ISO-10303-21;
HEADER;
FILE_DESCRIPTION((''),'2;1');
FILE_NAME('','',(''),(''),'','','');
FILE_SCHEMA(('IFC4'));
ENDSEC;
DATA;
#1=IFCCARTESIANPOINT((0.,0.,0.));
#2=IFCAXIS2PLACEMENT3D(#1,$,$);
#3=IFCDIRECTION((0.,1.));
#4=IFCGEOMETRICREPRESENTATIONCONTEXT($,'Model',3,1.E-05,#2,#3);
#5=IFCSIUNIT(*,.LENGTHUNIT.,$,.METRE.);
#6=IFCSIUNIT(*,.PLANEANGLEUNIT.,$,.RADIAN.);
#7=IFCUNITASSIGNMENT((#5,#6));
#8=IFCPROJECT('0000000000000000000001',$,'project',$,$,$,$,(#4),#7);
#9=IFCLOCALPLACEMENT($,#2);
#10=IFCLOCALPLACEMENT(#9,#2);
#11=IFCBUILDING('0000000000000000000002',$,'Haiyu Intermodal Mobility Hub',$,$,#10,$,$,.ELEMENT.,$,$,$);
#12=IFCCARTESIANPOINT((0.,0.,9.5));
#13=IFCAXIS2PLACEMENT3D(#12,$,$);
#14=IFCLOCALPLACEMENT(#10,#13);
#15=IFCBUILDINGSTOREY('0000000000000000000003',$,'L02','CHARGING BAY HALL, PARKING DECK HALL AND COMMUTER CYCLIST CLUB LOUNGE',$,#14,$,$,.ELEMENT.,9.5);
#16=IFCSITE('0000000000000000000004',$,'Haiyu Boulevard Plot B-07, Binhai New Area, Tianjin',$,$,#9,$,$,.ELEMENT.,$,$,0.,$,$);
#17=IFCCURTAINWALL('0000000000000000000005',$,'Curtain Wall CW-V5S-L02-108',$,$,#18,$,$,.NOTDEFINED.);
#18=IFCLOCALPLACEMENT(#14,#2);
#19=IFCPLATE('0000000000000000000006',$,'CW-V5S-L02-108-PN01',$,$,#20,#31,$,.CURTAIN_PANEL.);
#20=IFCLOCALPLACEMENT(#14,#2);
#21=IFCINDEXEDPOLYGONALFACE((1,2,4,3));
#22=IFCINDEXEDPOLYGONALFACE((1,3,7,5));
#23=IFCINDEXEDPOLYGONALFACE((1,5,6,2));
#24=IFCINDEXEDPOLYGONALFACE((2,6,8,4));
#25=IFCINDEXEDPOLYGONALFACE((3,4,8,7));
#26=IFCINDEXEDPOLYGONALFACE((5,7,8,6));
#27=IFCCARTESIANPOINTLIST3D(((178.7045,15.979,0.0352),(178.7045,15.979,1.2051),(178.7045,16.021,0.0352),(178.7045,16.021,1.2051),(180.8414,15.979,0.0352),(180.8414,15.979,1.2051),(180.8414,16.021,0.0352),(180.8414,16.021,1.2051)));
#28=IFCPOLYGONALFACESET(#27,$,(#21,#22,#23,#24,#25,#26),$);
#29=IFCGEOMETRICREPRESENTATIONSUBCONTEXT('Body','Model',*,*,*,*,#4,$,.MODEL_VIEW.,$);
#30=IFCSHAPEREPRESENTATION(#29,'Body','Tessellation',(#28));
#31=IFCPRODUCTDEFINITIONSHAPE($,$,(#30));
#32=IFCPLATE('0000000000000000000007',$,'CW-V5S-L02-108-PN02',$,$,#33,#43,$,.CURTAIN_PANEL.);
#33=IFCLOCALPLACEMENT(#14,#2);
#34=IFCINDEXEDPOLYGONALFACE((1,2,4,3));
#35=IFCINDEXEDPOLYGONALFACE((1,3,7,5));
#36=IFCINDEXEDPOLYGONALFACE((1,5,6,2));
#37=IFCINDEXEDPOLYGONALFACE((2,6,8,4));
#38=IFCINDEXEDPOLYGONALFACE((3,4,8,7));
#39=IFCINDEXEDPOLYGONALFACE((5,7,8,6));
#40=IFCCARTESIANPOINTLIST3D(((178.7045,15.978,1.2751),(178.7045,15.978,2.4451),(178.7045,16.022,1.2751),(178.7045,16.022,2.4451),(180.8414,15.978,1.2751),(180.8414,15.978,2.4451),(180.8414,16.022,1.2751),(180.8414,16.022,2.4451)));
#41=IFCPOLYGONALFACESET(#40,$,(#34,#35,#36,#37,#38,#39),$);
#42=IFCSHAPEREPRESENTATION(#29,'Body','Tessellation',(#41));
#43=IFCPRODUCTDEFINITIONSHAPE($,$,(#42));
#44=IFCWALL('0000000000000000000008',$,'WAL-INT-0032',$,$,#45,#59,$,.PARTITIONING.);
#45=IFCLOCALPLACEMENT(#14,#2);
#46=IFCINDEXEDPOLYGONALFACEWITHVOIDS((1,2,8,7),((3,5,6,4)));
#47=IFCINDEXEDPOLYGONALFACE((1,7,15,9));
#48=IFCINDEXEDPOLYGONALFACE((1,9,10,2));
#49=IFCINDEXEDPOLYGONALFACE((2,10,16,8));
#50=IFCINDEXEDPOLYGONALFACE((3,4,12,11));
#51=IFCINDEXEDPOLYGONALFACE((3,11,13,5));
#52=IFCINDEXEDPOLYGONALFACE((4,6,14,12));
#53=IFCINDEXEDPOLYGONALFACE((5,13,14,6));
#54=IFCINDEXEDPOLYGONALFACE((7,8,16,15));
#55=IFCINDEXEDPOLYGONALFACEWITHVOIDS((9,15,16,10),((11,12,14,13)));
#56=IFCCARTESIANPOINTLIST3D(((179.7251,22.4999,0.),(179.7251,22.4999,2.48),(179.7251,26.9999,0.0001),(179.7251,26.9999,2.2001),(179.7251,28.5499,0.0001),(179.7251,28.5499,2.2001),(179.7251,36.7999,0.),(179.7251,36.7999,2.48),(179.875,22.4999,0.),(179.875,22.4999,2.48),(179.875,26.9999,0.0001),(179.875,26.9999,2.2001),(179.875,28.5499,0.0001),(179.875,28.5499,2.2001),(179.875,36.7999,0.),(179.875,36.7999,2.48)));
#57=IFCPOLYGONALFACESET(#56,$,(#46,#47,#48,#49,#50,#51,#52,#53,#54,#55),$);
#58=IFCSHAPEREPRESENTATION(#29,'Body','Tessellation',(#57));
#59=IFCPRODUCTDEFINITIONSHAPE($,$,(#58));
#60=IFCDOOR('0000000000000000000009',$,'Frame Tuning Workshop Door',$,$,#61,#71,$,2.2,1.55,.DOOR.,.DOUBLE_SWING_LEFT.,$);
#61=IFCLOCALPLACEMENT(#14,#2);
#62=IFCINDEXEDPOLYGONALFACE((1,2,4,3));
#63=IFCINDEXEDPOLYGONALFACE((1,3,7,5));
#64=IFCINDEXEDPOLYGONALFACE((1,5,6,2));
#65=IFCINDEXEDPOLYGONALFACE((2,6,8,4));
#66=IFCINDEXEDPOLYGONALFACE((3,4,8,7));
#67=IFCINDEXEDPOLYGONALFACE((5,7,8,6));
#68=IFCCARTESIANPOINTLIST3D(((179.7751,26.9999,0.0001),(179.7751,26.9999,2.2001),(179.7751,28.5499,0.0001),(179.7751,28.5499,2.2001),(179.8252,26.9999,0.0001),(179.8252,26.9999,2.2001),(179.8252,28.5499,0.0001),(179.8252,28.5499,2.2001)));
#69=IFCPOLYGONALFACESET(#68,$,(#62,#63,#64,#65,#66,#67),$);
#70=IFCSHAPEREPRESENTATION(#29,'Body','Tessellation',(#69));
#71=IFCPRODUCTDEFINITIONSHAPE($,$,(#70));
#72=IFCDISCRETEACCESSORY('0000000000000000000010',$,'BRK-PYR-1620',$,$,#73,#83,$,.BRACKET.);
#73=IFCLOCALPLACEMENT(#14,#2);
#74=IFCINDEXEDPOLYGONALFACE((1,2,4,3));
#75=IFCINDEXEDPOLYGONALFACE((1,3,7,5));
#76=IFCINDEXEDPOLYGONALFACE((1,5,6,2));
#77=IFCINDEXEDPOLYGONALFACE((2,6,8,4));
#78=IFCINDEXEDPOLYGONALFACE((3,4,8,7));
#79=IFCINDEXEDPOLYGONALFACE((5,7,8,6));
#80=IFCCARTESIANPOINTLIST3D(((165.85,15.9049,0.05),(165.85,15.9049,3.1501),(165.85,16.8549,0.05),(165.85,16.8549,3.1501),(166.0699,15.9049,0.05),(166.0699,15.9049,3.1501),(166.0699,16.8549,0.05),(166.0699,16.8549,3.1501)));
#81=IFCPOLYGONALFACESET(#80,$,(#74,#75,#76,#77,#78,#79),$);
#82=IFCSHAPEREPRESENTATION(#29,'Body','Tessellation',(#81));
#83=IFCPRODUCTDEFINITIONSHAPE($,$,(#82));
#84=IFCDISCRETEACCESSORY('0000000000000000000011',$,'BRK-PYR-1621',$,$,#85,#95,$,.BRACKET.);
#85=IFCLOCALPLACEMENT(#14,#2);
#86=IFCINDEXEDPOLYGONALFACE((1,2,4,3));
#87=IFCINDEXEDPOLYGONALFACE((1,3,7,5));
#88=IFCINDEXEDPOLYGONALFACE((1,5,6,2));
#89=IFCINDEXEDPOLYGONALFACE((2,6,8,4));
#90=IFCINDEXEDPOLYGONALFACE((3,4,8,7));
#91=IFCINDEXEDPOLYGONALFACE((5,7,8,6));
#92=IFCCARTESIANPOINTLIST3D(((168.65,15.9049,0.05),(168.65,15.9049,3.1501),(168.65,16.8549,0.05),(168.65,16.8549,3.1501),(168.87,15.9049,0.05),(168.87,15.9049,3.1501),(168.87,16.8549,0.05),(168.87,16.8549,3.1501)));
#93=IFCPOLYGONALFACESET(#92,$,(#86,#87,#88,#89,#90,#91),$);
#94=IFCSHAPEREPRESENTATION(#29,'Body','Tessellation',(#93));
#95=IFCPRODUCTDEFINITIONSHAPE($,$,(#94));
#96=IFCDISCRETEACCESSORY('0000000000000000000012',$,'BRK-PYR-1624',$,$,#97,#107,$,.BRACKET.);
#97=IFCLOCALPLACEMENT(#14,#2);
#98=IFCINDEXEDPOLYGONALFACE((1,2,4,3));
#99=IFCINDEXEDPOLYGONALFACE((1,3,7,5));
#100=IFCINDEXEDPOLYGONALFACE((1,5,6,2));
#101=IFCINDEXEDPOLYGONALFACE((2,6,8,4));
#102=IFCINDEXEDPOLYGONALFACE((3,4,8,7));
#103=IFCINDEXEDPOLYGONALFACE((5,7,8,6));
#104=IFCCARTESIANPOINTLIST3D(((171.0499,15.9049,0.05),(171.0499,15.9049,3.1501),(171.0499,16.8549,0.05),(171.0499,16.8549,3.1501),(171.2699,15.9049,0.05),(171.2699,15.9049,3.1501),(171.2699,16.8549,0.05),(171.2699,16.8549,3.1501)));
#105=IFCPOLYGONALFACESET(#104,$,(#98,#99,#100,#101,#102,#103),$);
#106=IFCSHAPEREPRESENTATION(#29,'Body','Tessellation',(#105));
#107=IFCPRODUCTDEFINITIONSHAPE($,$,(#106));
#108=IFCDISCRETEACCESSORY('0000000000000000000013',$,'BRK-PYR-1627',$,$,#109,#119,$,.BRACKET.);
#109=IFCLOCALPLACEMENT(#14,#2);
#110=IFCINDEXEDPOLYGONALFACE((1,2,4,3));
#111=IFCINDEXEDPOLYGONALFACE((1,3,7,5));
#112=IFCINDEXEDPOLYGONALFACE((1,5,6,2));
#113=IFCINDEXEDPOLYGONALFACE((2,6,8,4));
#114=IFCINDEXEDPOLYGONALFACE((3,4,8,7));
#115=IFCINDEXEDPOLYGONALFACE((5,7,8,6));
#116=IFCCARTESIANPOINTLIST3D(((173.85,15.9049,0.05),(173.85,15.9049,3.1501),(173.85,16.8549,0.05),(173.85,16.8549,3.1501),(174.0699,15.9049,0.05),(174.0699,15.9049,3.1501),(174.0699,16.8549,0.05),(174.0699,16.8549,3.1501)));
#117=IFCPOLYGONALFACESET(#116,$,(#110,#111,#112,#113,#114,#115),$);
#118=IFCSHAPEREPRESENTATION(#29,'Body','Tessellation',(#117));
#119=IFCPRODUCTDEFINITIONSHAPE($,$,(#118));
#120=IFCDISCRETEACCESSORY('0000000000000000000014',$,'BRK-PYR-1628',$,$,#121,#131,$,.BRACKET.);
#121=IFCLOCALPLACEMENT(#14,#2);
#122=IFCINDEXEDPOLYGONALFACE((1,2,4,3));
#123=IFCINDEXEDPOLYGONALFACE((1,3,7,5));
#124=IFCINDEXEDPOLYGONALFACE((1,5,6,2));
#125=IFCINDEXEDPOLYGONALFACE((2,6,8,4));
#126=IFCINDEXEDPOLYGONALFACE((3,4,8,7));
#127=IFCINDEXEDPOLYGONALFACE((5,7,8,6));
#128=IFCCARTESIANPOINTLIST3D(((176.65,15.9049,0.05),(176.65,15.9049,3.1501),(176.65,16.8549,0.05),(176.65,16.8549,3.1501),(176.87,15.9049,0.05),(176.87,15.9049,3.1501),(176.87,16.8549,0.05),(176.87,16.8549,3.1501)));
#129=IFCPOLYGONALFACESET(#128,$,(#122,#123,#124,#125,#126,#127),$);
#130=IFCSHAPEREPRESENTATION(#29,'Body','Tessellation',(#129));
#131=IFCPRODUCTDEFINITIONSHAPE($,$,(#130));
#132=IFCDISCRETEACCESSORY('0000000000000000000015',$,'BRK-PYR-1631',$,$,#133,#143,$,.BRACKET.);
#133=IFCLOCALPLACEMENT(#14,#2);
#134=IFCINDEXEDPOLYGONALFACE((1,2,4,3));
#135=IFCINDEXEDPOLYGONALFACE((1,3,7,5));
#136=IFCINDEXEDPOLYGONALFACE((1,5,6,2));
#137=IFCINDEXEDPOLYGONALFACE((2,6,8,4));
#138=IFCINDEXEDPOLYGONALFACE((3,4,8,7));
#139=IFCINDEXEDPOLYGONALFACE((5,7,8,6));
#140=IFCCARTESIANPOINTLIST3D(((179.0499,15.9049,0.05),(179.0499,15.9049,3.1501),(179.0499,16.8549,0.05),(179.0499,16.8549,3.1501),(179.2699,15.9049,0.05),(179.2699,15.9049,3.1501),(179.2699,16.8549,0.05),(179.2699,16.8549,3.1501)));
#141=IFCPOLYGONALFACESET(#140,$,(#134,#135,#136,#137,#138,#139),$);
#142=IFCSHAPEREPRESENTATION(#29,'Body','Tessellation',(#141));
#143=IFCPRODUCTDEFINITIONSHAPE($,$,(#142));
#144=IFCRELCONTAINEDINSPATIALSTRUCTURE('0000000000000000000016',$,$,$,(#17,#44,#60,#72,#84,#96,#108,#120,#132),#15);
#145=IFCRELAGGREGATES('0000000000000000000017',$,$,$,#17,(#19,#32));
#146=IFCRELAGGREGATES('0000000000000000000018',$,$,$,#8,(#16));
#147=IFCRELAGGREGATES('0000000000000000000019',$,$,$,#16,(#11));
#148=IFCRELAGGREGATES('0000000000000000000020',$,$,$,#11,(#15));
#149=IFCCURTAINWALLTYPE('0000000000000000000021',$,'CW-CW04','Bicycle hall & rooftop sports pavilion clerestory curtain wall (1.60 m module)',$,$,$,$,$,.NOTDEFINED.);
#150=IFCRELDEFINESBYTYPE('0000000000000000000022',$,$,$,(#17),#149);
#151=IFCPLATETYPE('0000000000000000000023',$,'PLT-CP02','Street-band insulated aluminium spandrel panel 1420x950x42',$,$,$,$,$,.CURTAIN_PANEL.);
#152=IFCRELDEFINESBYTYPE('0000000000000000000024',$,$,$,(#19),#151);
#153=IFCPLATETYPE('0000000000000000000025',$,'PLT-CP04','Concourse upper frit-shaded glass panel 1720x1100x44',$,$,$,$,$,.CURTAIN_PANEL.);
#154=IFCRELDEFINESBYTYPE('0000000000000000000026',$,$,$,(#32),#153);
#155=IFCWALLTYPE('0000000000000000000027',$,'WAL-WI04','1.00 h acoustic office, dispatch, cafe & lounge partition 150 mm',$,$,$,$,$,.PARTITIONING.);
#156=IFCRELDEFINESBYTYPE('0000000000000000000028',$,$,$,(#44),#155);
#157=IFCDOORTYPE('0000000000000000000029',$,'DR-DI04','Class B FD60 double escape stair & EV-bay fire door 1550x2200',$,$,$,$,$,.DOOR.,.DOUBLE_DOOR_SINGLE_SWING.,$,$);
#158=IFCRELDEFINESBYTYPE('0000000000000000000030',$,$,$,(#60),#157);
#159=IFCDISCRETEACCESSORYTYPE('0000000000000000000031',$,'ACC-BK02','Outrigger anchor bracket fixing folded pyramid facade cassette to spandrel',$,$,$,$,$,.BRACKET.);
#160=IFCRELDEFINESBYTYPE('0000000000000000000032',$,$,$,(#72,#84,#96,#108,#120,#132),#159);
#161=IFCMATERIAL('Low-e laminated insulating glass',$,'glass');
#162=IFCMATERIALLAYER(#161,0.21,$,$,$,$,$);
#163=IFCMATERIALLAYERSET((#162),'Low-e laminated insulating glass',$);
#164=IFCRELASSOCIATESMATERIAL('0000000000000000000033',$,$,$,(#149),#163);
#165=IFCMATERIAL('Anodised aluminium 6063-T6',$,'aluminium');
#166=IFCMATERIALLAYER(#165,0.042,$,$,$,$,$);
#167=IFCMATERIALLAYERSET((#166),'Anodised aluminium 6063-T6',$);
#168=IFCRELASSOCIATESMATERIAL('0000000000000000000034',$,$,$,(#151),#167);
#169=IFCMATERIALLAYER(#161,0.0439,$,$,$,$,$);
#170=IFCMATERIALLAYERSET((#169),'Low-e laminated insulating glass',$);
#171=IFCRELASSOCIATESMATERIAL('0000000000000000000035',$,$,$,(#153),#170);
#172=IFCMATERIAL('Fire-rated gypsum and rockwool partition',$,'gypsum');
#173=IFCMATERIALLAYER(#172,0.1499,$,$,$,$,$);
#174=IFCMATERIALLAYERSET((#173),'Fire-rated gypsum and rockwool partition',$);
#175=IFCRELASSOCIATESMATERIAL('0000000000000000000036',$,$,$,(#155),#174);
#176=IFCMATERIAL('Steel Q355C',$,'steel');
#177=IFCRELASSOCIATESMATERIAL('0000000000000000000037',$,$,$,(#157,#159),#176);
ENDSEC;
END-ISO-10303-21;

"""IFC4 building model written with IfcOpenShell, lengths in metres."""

from ifc_helpers import new_model, si_unit, direction, frame, frame_2d, origin, origin_2d, place, context, subcontext, project, spatial, rectangle, extrude, material, layer, layer_set, type_object, element, fill, aggregate, save


model = new_model("IFC4")

# Units and contexts
model_context = context("Model", 3, precision=1e-05, world=origin(), true_north=direction((0.0, 1.0)))
body_context = subcontext(model_context, "Body", "Model", "MODEL_VIEW")
ifc_project = project(units=[si_unit("LENGTHUNIT", "METRE"), si_unit("PLANEANGLEUNIT", "RADIAN")], contexts=[model_context])

# Site, building, storey
site_placement = place(None, origin())
site = spatial("IfcSite", under=ifc_project, at=site_placement, Name="Haiyu Boulevard Plot B-07, Binhai New Area, Tianjin", CompositionType="ELEMENT", RefElevation=0.0)
building_placement = place(site_placement, origin())
building = spatial("IfcBuilding", under=site, at=building_placement, Name="Haiyu Intermodal Mobility Hub", CompositionType="ELEMENT")
storey_placement = place(building_placement, frame((0.0, 0.0, 9.5)))
storey = spatial("IfcBuildingStorey", under=building, at=storey_placement, Name="L02", Description="CHARGING BAY HALL, PARKING DECK HALL AND COMMUTER CYCLIST CLUB LOUNGE", CompositionType="ELEMENT", Elevation=9.5)

# Curtain wall, plates
ifc_material_1 = material(Name="Low-e laminated insulating glass", Category="glass")
ifc_layer_1 = layer(ifc_material_1, 0.21)
ifc_layer_set_1 = layer_set([ifc_layer_1], Name="Low-e laminated insulating glass")
curtain_wall_type = type_object("IfcCurtainWallType", Name="CW-CW04", Description="Bicycle hall & rooftop sports pavilion clerestory curtain wall (1.60 m module)", PredefinedType="NOTDEFINED", material=ifc_layer_set_1)
curtain_wall_placement = place(storey_placement, origin())
curtain_wall = element("IfcCurtainWall", 1, at=curtain_wall_placement, inside=storey, type_object=curtain_wall_type, Name="Curtain Wall CW-V5S-L02-108", PredefinedType="NOTDEFINED")
ifc_material_2 = material(Name="Anodised aluminium 6063-T6", Category="aluminium")
ifc_layer_2 = layer(ifc_material_2, 0.042)
ifc_layer_set_2 = layer_set([ifc_layer_2], Name="Anodised aluminium 6063-T6")
plate_type_1 = type_object("IfcPlateType", Name="PLT-CP02", Description="Street-band insulated aluminium spandrel panel 1420x950x42", PredefinedType="CURTAIN_PANEL", material=ifc_layer_set_2)
plate_1_placement = place(storey_placement, frame((179.7729, 16.0, 0.0352), z_axis=(0.0, 0.0, 1.0), x_axis=(1.0, 0.0, 0.0)))
plate_1 = element("IfcPlate", 2, at=plate_1_placement, type_object=plate_type_1, Name="CW-V5S-L02-108-PN01", PredefinedType="CURTAIN_PANEL", context=body_context, shape_type="SweptSolid", body=[
    extrude(rectangle(XDim=2.137, YDim=0.042, at=origin_2d()), origin(), (0.0, 0.0, 1.0), 1.1699),
])
ifc_layer_3 = layer(ifc_material_1, 0.0439)
ifc_layer_set_3 = layer_set([ifc_layer_3], Name="Low-e laminated insulating glass")
plate_type_2 = type_object("IfcPlateType", Name="PLT-CP04", Description="Concourse upper frit-shaded glass panel 1720x1100x44", PredefinedType="CURTAIN_PANEL", material=ifc_layer_set_3)
plate_2_placement = place(storey_placement, frame((179.7729, 16.0, 1.2751), z_axis=(0.0, 0.0, 1.0), x_axis=(1.0, 0.0, 0.0)))
plate_2 = element("IfcPlate", 3, at=plate_2_placement, type_object=plate_type_2, Name="CW-V5S-L02-108-PN02", PredefinedType="CURTAIN_PANEL", context=body_context, shape_type="SweptSolid", body=[
    extrude(rectangle(XDim=2.137, YDim=0.0439, at=origin_2d()), origin(), (0.0, 0.0, 1.0), 1.1699),
])
aggregate(curtain_wall, [plate_1, plate_2])

# Wall, opening, door
ifc_material_3 = material(Name="Fire-rated gypsum and rockwool partition", Category="gypsum")
ifc_layer_4 = layer(ifc_material_3, 0.1499)
ifc_layer_set_4 = layer_set([ifc_layer_4], Name="Fire-rated gypsum and rockwool partition")
wall_type = type_object("IfcWallType", Name="WAL-WI04", Description="1.00 h acoustic office, dispatch, cafe & lounge partition 150 mm", PredefinedType="PARTITIONING", material=ifc_layer_set_4)
wall_placement = place(storey_placement, frame((179.8, 22.5, 0.0), z_axis=(0.0, 0.0, 1.0), x_axis=(0.0, 1.0, 0.0)))
wall = element("IfcWall", 4, at=wall_placement, inside=storey, type_object=wall_type, Name="WAL-INT-0032", PredefinedType="PARTITIONING", context=body_context, shape_type="SweptSolid", body=[
    extrude(rectangle(XDim=14.3, YDim=0.1499, at=frame_2d((7.1499, 0.0))), origin(), (0.0, 0.0, 1.0), 2.48),
])
opening_placement = place(wall_placement, frame((4.5, 0.0, 0.0)))
opening = element("IfcOpeningElement", 5, at=opening_placement, cuts=wall, PredefinedType="OPENING", context=body_context, shape_type="SweptSolid", body=[
    extrude(rectangle(XDim=1.55, YDim=2.2, at=frame_2d((0.7749, 1.1001))), frame((0.0, 0.085, 0.0), z_axis=(0.0, -1.0, 0.0), x_axis=(1.0, 0.0, 0.0)), (0.0, 0.0, 1.0), 0.1699),
])
ifc_material_4 = material(Name="Steel Q355C", Category="steel")
door_type = type_object("IfcDoorType", Name="DR-DI04", Description="Class B FD60 double escape stair & EV-bay fire door 1550x2200", OperationType="DOUBLE_DOOR_SINGLE_SWING", PredefinedType="DOOR", material=ifc_material_4)
door_placement = place(opening_placement, origin())
door = element("IfcDoor", 6, at=door_placement, inside=storey, type_object=door_type, Name="Frame Tuning Workshop Door", OperationType="DOUBLE_SWING_LEFT", OverallHeight=2.2, OverallWidth=1.55, PredefinedType="DOOR", context=body_context, shape_type="SweptSolid", body=[
    extrude(rectangle(XDim=1.55, YDim=2.2, at=frame_2d((0.7749, 1.1001))), frame((0.0, 0.0249, 0.0), z_axis=(0.0, -1.0, 0.0), x_axis=(1.0, 0.0, 0.0)), (0.0, 0.0, 1.0), 0.05),
])
fill(opening, door)

# Discrete accessories
discrete_accessory_type = type_object("IfcDiscreteAccessoryType", Name="ACC-BK02", Description="Outrigger anchor bracket fixing folded pyramid facade cassette to spandrel", PredefinedType="BRACKET", material=ifc_material_4)
for number, where, z_axis, x_axis, name in (
    (7, (165.96, 16.3799, 0.05), (0.0, 0.0, 1.0), (1.0, 0.0, 0.0), "BRK-PYR-1620"),
    (8, (168.76, 16.3799, 0.05), (0.0, 0.0, 1.0), (1.0, 0.0, 0.0), "BRK-PYR-1621"),
    (9, (171.1599, 16.3799, 0.05), (0.0, 0.0, 1.0), (1.0, 0.0, 0.0), "BRK-PYR-1624"),
    (10, (173.96, 16.3799, 0.05), (0.0, 0.0, 1.0), (1.0, 0.0, 0.0), "BRK-PYR-1627"),
    (11, (176.76, 16.3799, 0.05), (0.0, 0.0, 1.0), (1.0, 0.0, 0.0), "BRK-PYR-1628"),
    (12, (179.1599, 16.3799, 0.05), (0.0, 0.0, 1.0), (1.0, 0.0, 0.0), "BRK-PYR-1631"),
):
    element("IfcDiscreteAccessory", number, at=place(storey_placement, frame(where, z_axis=z_axis, x_axis=x_axis)), inside=storey, type_object=discrete_accessory_type, Name=name, PredefinedType="BRACKET", context=body_context, shape_type="SweptSolid", body=[
        extrude(rectangle(XDim=0.22, YDim=0.95, at=origin_2d()), origin(), (0.0, 0.0, 1.0), 3.1001),
    ])

save(model, "model.ifc")
